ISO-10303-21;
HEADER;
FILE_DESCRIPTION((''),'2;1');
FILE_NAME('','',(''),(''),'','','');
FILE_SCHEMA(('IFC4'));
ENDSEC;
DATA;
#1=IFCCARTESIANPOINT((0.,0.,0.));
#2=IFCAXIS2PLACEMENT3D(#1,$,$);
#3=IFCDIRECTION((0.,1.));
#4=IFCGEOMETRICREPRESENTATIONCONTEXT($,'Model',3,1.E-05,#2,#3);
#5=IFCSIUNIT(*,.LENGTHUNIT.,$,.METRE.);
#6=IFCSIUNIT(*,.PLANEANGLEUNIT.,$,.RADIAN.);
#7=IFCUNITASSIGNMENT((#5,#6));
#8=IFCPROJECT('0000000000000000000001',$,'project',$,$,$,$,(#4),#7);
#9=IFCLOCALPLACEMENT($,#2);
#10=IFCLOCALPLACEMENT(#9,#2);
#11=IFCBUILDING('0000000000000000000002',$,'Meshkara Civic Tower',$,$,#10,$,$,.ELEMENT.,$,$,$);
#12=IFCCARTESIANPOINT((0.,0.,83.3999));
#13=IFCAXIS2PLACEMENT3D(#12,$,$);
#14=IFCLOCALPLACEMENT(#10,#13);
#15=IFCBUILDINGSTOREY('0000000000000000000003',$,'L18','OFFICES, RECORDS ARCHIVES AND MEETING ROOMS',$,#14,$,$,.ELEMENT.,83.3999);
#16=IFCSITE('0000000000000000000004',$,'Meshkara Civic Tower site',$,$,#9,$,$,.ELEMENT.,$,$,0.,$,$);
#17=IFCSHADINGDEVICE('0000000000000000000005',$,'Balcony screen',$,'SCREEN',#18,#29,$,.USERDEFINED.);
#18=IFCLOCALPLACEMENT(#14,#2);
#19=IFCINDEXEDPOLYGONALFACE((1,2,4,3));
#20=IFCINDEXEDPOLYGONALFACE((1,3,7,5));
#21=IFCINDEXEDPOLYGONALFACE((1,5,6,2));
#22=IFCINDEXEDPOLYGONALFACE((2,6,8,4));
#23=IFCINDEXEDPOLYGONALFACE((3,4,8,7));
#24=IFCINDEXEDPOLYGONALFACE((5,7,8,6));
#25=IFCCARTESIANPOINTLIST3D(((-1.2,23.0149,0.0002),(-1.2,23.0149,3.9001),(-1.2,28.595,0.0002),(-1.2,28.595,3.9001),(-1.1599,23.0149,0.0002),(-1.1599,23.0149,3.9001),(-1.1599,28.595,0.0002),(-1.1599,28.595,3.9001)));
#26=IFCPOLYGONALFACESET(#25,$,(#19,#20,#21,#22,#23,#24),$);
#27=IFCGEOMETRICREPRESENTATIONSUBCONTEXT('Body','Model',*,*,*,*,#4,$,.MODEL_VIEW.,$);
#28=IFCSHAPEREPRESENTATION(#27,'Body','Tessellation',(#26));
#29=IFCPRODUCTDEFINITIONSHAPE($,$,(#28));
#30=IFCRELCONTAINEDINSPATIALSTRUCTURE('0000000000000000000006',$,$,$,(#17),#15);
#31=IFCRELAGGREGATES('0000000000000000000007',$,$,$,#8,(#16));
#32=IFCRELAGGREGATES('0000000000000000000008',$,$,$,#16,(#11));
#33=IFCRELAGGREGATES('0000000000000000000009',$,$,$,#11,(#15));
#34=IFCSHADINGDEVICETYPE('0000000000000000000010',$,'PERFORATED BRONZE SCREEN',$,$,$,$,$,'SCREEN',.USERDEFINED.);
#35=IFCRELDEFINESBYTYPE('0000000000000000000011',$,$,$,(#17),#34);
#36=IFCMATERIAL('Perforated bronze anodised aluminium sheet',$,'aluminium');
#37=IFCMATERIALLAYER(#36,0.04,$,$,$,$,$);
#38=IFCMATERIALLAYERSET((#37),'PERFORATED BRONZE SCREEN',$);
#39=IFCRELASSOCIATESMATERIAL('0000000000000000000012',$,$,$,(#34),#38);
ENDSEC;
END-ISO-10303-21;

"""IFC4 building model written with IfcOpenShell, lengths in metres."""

from ifc_helpers import new_model, si_unit, direction, frame, origin, origin_2d, place, context, subcontext, project, spatial, rectangle, extrude, material, layer, layer_set, type_object, element, save


model = new_model("IFC4")

# Units and contexts
model_context = context("Model", 3, precision=1e-05, world=origin(), true_north=direction((0.0, 1.0)))
body_context = subcontext(model_context, "Body", "Model", "MODEL_VIEW")
ifc_project = project(units=[si_unit("LENGTHUNIT", "METRE"), si_unit("PLANEANGLEUNIT", "RADIAN")], contexts=[model_context])

# Site, building, storey
site_placement = place(None, origin())
site = spatial("IfcSite", under=ifc_project, at=site_placement, Name="Meshkara Civic Tower site", CompositionType="ELEMENT", RefElevation=0.0)
building_placement = place(site_placement, origin())
building = spatial("IfcBuilding", under=site, at=building_placement, Name="Meshkara Civic Tower", CompositionType="ELEMENT")
storey_placement = place(building_placement, frame((0.0, 0.0, 83.3999)))
storey = spatial("IfcBuildingStorey", under=building, at=storey_placement, Name="L18", Description="OFFICES, RECORDS ARCHIVES AND MEETING ROOMS", CompositionType="ELEMENT", Elevation=83.3999)

# Shading device
ifc_material_1 = material(Name="Perforated bronze anodised aluminium sheet", Category="aluminium")
ifc_layer_1 = layer(ifc_material_1, 0.04)
ifc_layer_set_1 = layer_set([ifc_layer_1], Name="PERFORATED BRONZE SCREEN")
shading_device_type_1 = type_object("IfcShadingDeviceType", Name="PERFORATED BRONZE SCREEN", ElementType="SCREEN", PredefinedType="USERDEFINED", material=ifc_layer_set_1)
shading_device_1_placement = place(storey_placement, frame((-1.1799, 25.8049, 0.0002), z_axis=(0.0, 0.0, 1.0), x_axis=(0.0, -1.0, 0.0)))
element("IfcShadingDevice", 1, at=shading_device_1_placement, inside=storey, type_object=shading_device_type_1, Name="Balcony screen", ObjectType="SCREEN", PredefinedType="USERDEFINED", context=body_context, shape_type="SweptSolid", body=[
    extrude(rectangle(XDim=5.5801, YDim=0.04, at=origin_2d()), origin(), (0.0, 0.0, 1.0), 3.8999),
])

save(model, "model.ifc")
